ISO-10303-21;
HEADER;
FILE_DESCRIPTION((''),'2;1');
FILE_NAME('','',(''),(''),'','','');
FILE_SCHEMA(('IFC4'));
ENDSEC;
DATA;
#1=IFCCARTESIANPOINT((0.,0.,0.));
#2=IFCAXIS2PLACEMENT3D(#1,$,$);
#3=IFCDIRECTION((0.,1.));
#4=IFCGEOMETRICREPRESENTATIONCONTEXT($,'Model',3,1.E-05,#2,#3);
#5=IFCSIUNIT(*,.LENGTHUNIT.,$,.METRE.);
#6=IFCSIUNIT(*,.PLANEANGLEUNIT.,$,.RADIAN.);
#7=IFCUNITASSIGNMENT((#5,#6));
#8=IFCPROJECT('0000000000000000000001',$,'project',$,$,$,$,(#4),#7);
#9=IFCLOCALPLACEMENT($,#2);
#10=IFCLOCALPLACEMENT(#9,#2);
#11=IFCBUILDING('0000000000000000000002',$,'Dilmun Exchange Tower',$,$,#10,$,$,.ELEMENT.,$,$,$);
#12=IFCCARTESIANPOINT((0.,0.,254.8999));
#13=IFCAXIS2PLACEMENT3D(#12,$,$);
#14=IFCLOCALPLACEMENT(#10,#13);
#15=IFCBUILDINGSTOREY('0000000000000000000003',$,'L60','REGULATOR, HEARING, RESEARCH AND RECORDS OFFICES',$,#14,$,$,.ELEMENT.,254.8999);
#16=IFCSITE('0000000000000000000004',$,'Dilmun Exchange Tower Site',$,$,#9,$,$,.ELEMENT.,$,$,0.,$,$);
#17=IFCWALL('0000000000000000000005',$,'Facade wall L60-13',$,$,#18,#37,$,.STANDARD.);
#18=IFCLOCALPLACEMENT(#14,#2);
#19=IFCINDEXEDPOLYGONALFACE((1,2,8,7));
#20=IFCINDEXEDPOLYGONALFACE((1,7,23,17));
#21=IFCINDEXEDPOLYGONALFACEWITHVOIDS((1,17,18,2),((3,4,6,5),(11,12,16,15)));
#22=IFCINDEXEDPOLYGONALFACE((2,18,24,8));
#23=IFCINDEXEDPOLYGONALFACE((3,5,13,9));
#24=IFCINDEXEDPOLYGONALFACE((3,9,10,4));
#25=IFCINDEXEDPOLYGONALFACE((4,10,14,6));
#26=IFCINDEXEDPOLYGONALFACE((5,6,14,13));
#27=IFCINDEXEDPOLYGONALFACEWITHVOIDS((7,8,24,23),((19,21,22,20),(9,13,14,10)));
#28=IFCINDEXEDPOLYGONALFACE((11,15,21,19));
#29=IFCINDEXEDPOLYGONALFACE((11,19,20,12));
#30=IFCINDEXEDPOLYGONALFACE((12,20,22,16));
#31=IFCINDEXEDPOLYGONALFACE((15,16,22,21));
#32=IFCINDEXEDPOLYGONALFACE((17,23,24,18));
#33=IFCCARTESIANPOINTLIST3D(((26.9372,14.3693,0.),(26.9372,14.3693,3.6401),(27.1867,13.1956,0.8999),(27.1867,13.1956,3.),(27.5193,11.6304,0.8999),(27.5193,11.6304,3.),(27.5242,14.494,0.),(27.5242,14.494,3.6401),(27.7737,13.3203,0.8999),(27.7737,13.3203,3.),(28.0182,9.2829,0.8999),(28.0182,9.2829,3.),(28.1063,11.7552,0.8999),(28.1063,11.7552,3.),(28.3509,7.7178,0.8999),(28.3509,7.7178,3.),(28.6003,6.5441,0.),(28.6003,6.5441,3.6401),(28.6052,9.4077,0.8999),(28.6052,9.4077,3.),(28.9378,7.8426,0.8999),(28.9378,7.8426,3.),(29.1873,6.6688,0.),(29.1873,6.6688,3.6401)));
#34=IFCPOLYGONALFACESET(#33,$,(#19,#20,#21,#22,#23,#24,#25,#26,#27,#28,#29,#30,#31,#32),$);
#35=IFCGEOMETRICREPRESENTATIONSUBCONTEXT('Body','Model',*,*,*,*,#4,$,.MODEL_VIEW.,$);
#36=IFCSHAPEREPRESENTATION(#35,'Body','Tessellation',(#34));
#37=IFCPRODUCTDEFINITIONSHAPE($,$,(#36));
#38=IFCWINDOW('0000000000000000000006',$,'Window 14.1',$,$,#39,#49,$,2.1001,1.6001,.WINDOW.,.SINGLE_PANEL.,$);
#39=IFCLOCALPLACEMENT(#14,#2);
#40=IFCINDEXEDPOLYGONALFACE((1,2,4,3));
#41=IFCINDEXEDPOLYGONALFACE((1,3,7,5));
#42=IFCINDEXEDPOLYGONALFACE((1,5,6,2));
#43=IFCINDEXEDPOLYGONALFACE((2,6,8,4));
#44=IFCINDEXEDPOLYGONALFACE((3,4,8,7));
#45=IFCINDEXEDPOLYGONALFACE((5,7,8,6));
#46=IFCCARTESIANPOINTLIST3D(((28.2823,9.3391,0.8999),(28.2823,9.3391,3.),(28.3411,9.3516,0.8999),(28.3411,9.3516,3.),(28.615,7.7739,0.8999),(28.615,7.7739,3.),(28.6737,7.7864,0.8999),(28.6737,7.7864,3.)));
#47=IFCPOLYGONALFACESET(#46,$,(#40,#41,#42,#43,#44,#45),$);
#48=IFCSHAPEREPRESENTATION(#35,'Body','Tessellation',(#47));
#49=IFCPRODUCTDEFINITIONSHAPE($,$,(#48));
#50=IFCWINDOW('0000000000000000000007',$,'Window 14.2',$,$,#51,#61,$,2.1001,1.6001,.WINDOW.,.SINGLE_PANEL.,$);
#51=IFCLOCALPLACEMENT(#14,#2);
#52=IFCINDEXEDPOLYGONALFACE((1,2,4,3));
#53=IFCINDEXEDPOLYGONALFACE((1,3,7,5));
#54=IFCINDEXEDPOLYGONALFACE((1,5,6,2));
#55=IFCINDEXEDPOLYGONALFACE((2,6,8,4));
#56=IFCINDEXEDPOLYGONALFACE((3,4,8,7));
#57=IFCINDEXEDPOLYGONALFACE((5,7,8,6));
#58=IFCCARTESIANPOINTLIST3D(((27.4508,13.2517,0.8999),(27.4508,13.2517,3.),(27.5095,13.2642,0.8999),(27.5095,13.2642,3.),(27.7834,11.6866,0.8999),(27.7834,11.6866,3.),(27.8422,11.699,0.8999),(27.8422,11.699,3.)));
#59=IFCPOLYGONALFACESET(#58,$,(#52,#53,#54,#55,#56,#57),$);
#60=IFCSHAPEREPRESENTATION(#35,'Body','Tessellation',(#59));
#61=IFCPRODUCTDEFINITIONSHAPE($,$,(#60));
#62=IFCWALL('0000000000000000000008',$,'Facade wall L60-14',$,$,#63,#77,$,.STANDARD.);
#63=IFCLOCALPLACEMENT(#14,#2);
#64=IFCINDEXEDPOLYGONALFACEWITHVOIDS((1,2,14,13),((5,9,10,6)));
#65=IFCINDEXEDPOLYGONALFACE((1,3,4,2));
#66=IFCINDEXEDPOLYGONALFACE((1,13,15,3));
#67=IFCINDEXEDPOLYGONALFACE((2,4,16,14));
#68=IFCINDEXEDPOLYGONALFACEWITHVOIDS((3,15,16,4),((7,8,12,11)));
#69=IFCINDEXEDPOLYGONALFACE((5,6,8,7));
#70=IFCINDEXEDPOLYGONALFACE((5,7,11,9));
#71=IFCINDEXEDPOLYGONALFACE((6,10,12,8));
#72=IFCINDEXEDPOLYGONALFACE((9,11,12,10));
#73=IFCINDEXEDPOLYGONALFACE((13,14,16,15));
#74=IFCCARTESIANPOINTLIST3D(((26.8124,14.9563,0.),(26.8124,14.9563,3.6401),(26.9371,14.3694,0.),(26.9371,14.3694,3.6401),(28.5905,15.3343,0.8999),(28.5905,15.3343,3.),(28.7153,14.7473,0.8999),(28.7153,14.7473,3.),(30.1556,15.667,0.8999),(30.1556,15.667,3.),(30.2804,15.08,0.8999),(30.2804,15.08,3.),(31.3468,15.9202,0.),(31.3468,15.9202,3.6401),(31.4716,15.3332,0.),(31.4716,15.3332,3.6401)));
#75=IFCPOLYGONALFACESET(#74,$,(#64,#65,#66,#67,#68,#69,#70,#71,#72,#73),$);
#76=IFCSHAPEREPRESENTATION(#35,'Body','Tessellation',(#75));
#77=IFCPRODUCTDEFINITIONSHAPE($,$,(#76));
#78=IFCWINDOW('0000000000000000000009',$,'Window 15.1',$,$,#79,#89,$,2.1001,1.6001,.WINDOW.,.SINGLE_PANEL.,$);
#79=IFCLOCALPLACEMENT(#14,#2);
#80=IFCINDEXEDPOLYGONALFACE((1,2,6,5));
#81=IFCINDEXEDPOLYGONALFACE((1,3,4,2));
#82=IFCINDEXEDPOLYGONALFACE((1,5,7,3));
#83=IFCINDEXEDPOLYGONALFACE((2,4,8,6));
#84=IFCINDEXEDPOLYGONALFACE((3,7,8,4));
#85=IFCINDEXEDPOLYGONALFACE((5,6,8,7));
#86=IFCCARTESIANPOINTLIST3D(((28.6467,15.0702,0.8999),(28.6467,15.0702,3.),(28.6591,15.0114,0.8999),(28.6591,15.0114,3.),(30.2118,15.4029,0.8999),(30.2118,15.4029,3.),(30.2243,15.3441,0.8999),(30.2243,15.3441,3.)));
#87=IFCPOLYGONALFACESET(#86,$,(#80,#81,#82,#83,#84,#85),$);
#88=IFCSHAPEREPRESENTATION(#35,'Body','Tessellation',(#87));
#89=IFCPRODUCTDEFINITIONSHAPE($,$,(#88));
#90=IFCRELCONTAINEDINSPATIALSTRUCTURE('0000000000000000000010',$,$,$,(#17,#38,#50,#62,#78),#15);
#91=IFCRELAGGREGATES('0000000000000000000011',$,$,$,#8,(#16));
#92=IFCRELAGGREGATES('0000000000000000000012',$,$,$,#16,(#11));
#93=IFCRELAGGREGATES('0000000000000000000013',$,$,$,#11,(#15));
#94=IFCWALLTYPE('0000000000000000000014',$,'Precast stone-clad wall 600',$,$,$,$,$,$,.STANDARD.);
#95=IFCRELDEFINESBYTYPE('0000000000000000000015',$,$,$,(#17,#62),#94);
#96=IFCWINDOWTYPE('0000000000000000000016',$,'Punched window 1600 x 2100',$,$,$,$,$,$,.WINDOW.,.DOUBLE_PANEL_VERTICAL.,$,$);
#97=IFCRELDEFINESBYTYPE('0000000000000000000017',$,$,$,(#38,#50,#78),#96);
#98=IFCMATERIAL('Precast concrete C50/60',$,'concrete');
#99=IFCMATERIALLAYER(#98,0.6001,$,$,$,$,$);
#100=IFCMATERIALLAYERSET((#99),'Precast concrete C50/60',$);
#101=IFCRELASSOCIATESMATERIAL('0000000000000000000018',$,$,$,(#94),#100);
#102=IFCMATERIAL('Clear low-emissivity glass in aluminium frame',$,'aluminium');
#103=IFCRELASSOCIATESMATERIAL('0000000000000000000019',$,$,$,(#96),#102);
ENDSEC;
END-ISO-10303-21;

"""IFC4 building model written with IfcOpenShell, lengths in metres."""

from ifc_helpers import new_model, si_unit, direction, frame, frame_2d, origin, place, context, subcontext, project, spatial, rectangle, extrude, material, layer, layer_set, type_object, element, fill, save


model = new_model("IFC4")

# Units and contexts
model_context = context("Model", 3, precision=1e-05, world=origin(), true_north=direction((0.0, 1.0)))
body_context = subcontext(model_context, "Body", "Model", "MODEL_VIEW")
ifc_project = project(units=[si_unit("LENGTHUNIT", "METRE"), si_unit("PLANEANGLEUNIT", "RADIAN")], contexts=[model_context])

# Site, building, storey
site_placement = place(None, origin())
site = spatial("IfcSite", under=ifc_project, at=site_placement, Name="Dilmun Exchange Tower Site", CompositionType="ELEMENT", RefElevation=0.0)
building_placement = place(site_placement, origin())
building = spatial("IfcBuilding", under=site, at=building_placement, Name="Dilmun Exchange Tower", CompositionType="ELEMENT")
storey_placement = place(building_placement, frame((0.0, 0.0, 254.8999)))
storey = spatial("IfcBuildingStorey", under=building, at=storey_placement, Name="L60", Description="REGULATOR, HEARING, RESEARCH AND RECORDS OFFICES", CompositionType="ELEMENT", Elevation=254.8999)

# Shared definitions
ifc_material_1 = material(Name="Precast concrete C50/60", Category="concrete")
ifc_layer_1 = layer(ifc_material_1, 0.6001)
ifc_layer_set_1 = layer_set([ifc_layer_1], Name="Precast concrete C50/60")
wall_type_1 = type_object("IfcWallType", Name="Precast stone-clad wall 600", PredefinedType="STANDARD", material=ifc_layer_set_1)
ifc_material_2 = material(Name="Clear low-emissivity glass in aluminium frame", Category="aluminium")
window_type_1 = type_object("IfcWindowType", Name="Punched window 1600 x 2100", PartitioningType="DOUBLE_PANEL_VERTICAL", PredefinedType="WINDOW", material=ifc_material_2)

# Wall, openings, windows
wall_1_placement = place(storey_placement, frame((28.8938, 6.6064, 0.0), z_axis=(0.0, 0.0, 1.0), x_axis=(-0.207886, 0.978153, 0.0)))
wall_1 = element("IfcWall", 1, at=wall_1_placement, inside=storey, type_object=wall_type_1, Name="Facade wall L60-13", PredefinedType="STANDARD", context=body_context, shape_type="SweptSolid", body=[
    extrude(rectangle(XDim=8.0, YDim=0.6001, at=frame_2d((4.0, 0.0))), origin(), (0.0, 0.0, 1.0), 3.6401),
])
opening_1_placement = place(wall_1_placement, frame((1.2, 0.0, 0.8999)))
opening_1 = element("IfcOpeningElement", 2, at=opening_1_placement, cuts=wall_1, PredefinedType="OPENING", context=body_context, shape_type="SweptSolid", body=[
    extrude(rectangle(XDim=1.6001, YDim=2.1001, at=frame_2d((0.8, 1.05))), frame((0.0, 0.3101, 0.0), z_axis=(0.0, -1.0, 0.0), x_axis=(1.0, 0.0, 0.0)), (0.0, 0.0, 1.0), 0.6201),
])
opening_2_placement = place(wall_1_placement, frame((5.2, 0.0, 0.8999)))
opening_2 = element("IfcOpeningElement", 3, at=opening_2_placement, cuts=wall_1, PredefinedType="OPENING", context=body_context, shape_type="SweptSolid", body=[
    extrude(rectangle(XDim=1.6001, YDim=2.1001, at=frame_2d((0.8, 1.05))), frame((0.0, 0.3101, 0.0), z_axis=(0.0, -1.0, 0.0), x_axis=(1.0, 0.0, 0.0)), (0.0, 0.0, 1.0), 0.6201),
])
window_1_placement = place(opening_1_placement, origin())
window_1 = element("IfcWindow", 4, at=window_1_placement, inside=storey, type_object=window_type_1, Name="Window 14.1", OverallHeight=2.1001, OverallWidth=1.6001, PartitioningType="SINGLE_PANEL", PredefinedType="WINDOW", context=body_context, shape_type="SweptSolid", body=[
    extrude(rectangle(XDim=1.6001, YDim=2.1001, at=frame_2d((0.8, 1.05))), frame((0.0, 0.03, 0.0), z_axis=(0.0, -1.0, 0.0), x_axis=(1.0, 0.0, 0.0)), (0.0, 0.0, 1.0), 0.0601),
])
fill(opening_1, window_1)
window_2_placement = place(opening_2_placement, origin())
window_2 = element("IfcWindow", 5, at=window_2_placement, inside=storey, type_object=window_type_1, Name="Window 14.2", OverallHeight=2.1001, OverallWidth=1.6001, PartitioningType="SINGLE_PANEL", PredefinedType="WINDOW", context=body_context, shape_type="SweptSolid", body=[
    extrude(rectangle(XDim=1.6001, YDim=2.1001, at=frame_2d((0.8, 1.05))), frame((0.0, 0.03, 0.0), z_axis=(0.0, -1.0, 0.0), x_axis=(1.0, 0.0, 0.0)), (0.0, 0.0, 1.0), 0.0601),
])
fill(opening_2, window_2)

# Wall, opening, window
wall_2_placement = place(storey_placement, frame((26.8748, 14.6628, 0.0), z_axis=(0.0, 0.0, 1.0), x_axis=(0.978146, 0.207921, 0.0)))
wall_2 = element("IfcWall", 6, at=wall_2_placement, inside=storey, type_object=wall_type_1, Name="Facade wall L60-14", PredefinedType="STANDARD", context=body_context, shape_type="SweptSolid", body=[
    extrude(rectangle(XDim=4.6357, YDim=0.6001, at=frame_2d((2.3179, 0.0))), origin(), (0.0, 0.0, 1.0), 3.6401),
])
opening_3_placement = place(wall_2_placement, frame((1.8179, 0.0, 0.8999)))
opening_3 = element("IfcOpeningElement", 7, at=opening_3_placement, cuts=wall_2, PredefinedType="OPENING", context=body_context, shape_type="SweptSolid", body=[
    extrude(rectangle(XDim=1.6001, YDim=2.1001, at=frame_2d((0.8, 1.05))), frame((0.0, 0.3101, 0.0), z_axis=(0.0, -1.0, 0.0), x_axis=(1.0, 0.0, 0.0)), (0.0, 0.0, 1.0), 0.6201),
])
window_3_placement = place(opening_3_placement, origin())
window_3 = element("IfcWindow", 8, at=window_3_placement, inside=storey, type_object=window_type_1, Name="Window 15.1", OverallHeight=2.1001, OverallWidth=1.6001, PartitioningType="SINGLE_PANEL", PredefinedType="WINDOW", context=body_context, shape_type="SweptSolid", body=[
    extrude(rectangle(XDim=1.6001, YDim=2.1001, at=frame_2d((0.8, 1.05))), frame((0.0, 0.03, 0.0), z_axis=(0.0, -1.0, 0.0), x_axis=(1.0, 0.0, 0.0)), (0.0, 0.0, 1.0), 0.0601),
])
fill(opening_3, window_3)

save(model, "model.ifc")
